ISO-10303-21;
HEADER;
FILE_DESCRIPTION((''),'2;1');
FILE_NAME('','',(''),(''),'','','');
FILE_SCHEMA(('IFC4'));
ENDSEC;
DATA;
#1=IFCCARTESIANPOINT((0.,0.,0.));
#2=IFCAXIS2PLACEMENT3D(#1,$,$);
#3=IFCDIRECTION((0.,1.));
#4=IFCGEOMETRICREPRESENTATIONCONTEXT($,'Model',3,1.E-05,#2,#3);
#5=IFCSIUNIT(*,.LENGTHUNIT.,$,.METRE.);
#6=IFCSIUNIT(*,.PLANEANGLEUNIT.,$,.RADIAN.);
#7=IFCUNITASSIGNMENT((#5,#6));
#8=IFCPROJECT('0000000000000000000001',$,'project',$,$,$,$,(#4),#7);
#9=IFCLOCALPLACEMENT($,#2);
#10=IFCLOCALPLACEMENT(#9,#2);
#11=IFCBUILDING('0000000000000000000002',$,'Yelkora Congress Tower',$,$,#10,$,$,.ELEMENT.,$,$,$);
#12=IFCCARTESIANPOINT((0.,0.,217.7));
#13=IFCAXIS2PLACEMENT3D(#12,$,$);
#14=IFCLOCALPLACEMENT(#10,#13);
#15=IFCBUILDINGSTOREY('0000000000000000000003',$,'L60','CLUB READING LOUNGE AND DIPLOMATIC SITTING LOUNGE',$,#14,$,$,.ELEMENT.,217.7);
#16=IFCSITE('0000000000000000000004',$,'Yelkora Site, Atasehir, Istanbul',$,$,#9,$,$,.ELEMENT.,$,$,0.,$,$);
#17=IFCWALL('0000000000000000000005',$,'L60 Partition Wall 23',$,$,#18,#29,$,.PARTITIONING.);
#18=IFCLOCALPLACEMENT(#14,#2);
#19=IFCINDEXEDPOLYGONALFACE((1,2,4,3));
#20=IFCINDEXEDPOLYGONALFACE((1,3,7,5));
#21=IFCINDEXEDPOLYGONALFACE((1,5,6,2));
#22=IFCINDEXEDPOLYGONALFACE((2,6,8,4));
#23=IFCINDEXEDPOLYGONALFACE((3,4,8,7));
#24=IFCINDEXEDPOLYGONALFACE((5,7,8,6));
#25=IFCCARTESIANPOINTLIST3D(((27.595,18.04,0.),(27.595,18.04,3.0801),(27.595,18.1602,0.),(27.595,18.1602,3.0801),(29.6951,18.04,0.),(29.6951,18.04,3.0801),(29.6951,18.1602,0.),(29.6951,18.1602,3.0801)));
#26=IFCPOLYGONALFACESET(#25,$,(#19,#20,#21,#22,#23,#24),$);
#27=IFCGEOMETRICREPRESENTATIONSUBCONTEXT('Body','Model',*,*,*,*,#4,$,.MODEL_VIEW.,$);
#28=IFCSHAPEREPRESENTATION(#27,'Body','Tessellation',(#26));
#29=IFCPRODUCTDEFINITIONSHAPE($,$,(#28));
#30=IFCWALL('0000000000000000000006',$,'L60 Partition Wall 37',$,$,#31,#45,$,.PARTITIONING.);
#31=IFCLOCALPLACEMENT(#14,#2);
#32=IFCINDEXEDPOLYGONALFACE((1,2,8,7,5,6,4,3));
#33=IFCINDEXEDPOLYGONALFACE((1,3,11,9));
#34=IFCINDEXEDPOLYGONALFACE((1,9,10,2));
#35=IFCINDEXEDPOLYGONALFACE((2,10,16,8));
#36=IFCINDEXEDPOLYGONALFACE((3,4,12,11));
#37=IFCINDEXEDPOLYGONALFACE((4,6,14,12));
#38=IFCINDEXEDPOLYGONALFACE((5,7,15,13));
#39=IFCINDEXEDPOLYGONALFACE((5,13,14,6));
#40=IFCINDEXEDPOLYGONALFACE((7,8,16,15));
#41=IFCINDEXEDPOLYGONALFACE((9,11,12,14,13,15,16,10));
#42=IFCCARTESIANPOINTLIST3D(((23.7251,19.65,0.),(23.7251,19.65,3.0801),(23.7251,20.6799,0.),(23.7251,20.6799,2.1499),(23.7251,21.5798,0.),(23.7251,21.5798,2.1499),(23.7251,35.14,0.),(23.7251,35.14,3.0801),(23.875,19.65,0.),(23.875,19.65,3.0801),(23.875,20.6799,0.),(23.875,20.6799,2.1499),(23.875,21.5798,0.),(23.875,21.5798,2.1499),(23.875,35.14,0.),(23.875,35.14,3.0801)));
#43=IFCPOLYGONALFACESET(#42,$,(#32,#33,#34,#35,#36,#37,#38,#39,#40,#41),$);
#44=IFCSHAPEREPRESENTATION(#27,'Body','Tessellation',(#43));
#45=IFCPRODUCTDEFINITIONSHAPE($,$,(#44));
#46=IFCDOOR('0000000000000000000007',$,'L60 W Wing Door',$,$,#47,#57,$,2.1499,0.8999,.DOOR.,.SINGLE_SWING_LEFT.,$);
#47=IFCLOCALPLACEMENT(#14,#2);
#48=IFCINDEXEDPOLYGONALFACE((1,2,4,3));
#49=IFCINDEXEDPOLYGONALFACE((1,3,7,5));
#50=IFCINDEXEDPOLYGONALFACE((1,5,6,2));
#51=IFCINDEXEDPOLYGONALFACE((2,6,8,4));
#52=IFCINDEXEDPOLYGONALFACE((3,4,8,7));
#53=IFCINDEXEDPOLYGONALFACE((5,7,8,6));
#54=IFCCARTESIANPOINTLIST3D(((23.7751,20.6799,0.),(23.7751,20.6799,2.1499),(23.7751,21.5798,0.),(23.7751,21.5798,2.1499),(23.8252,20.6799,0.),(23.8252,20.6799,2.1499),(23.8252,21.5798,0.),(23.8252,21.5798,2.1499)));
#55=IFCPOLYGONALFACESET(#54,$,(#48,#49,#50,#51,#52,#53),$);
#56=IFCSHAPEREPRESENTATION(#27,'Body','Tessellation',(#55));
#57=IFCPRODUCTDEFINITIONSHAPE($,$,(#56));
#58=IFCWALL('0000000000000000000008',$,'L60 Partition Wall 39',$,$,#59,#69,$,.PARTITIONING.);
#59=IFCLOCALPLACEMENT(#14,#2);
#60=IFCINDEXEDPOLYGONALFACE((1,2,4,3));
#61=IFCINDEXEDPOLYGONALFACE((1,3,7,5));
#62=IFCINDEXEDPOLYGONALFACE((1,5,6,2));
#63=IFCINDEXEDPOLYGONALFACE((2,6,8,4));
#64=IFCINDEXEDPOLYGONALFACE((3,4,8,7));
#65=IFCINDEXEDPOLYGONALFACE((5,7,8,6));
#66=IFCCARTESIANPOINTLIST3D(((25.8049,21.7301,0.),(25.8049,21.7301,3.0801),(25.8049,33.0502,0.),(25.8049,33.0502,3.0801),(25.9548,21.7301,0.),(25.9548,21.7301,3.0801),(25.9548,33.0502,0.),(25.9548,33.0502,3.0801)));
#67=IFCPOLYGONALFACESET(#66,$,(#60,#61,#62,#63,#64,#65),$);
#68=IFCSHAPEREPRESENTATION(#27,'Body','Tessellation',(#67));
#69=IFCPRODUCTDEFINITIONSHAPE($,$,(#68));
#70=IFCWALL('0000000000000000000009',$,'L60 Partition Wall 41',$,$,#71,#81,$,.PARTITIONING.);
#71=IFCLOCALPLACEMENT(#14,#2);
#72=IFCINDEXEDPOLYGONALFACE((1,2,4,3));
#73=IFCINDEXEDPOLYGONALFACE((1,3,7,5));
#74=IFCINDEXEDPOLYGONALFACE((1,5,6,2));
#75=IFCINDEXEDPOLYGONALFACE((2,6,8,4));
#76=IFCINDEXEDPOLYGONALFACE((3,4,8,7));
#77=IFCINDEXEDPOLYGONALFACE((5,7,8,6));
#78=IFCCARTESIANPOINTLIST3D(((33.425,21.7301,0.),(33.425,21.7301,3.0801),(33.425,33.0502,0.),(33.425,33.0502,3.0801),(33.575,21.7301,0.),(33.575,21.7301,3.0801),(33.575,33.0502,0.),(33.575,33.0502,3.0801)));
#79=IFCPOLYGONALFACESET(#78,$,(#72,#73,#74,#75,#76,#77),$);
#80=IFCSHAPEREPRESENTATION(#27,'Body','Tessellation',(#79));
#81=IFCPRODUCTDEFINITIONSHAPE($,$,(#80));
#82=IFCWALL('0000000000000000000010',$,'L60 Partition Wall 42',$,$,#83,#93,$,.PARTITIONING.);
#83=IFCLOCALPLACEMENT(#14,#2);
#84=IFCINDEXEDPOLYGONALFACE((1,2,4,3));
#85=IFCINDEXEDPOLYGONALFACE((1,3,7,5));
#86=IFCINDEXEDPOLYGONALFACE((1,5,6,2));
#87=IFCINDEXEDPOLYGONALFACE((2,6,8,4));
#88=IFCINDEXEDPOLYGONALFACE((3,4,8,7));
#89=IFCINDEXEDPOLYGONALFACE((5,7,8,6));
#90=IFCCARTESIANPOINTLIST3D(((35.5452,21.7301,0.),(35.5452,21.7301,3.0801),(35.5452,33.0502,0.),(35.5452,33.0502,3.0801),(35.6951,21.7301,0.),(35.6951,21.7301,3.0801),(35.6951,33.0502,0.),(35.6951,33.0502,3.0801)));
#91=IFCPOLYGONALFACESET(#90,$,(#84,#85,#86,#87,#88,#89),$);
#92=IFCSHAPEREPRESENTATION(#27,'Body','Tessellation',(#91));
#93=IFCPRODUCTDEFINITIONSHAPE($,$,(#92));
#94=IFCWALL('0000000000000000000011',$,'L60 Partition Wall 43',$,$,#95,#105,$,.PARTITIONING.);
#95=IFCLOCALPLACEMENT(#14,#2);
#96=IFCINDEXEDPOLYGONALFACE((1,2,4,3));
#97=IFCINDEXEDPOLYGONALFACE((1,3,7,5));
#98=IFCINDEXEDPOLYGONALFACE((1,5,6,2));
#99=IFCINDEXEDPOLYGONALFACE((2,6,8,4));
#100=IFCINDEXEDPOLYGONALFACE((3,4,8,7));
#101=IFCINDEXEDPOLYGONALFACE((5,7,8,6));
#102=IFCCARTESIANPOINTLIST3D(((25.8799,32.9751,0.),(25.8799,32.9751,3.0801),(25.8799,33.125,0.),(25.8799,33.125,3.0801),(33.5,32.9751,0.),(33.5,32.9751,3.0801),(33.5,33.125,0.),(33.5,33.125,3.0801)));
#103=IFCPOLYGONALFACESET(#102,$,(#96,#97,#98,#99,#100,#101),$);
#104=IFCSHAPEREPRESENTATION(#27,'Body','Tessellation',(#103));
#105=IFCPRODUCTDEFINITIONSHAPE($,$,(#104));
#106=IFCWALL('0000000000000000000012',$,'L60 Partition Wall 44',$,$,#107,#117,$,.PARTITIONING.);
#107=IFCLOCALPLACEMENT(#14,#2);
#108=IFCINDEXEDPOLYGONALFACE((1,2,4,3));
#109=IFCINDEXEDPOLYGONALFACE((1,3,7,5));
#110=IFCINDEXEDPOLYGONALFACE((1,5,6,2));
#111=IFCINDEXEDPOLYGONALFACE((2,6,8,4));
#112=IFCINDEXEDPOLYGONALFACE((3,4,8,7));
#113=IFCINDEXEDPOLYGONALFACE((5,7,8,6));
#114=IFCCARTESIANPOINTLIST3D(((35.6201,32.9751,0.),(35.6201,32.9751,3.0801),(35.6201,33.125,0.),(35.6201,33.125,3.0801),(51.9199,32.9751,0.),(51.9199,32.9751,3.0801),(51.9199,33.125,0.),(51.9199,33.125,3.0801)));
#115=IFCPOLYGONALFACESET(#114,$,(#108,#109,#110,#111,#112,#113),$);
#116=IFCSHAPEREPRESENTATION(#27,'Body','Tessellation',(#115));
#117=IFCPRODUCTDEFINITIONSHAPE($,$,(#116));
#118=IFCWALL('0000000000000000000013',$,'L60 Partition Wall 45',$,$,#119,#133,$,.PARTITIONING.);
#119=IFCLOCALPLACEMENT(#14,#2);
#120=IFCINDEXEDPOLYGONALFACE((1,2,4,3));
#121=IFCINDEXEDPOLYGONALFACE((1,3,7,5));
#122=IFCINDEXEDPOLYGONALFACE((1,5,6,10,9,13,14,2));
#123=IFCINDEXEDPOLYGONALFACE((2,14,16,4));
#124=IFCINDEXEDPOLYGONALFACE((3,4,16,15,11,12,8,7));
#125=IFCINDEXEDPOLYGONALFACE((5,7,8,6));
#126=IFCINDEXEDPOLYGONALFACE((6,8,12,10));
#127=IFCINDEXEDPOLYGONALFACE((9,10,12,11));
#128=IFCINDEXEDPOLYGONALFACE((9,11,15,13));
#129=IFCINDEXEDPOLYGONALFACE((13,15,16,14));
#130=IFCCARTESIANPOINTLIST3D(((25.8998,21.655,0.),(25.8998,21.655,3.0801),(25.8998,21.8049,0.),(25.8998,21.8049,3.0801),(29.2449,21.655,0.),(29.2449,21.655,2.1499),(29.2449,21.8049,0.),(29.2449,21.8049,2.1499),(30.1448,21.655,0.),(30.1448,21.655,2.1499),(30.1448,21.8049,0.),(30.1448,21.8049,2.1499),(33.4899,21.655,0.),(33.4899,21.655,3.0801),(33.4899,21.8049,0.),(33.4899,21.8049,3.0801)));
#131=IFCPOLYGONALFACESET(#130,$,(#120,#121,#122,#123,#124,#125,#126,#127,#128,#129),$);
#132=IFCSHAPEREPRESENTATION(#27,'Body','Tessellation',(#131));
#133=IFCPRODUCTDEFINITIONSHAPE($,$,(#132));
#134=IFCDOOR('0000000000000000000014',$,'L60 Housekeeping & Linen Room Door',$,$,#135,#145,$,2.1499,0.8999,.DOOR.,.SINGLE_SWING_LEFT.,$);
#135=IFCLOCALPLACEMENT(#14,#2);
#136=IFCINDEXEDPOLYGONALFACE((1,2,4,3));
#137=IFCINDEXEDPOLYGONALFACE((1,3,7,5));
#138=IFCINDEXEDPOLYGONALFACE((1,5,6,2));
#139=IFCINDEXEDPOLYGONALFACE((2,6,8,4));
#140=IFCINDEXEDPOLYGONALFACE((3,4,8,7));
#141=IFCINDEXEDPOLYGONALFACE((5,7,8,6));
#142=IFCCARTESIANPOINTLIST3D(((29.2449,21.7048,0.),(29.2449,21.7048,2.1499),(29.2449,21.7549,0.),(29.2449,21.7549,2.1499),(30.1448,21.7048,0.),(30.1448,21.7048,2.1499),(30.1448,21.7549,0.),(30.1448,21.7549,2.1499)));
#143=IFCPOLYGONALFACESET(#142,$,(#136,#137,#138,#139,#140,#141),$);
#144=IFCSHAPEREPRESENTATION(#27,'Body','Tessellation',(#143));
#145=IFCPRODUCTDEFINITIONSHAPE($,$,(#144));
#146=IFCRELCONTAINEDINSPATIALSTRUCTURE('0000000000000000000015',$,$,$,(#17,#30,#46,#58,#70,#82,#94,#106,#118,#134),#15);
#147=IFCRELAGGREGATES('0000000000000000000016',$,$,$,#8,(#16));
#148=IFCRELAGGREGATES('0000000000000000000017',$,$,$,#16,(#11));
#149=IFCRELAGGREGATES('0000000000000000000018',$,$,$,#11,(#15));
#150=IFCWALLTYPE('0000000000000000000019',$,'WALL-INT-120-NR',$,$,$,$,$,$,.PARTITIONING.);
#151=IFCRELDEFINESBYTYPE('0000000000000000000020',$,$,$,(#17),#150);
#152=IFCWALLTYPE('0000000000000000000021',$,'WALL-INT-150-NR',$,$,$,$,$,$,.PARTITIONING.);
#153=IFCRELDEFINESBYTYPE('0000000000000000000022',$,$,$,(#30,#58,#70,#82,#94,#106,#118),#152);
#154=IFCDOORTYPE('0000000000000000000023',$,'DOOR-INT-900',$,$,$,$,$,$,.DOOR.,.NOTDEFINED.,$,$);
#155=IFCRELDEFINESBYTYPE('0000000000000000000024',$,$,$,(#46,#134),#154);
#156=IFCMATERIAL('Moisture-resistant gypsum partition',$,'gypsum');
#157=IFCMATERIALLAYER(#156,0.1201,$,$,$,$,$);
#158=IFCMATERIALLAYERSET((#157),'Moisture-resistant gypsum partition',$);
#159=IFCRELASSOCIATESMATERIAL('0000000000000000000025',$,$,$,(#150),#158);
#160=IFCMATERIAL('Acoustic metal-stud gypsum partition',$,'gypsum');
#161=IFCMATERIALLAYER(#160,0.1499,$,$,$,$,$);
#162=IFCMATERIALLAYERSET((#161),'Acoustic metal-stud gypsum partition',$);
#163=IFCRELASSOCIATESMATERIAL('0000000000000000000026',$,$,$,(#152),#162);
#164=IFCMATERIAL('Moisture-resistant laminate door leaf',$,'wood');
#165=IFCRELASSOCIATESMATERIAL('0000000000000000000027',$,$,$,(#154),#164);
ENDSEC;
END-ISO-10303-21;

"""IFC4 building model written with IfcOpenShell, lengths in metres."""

from ifc_helpers import new_model, si_unit, direction, frame, frame_2d, origin, place, context, subcontext, project, spatial, rectangle, extrude, material, layer, layer_set, type_object, element, fill, save


model = new_model("IFC4")

# Units and contexts
model_context = context("Model", 3, precision=1e-05, world=origin(), true_north=direction((0.0, 1.0)))
body_context = subcontext(model_context, "Body", "Model", "MODEL_VIEW")
ifc_project = project(units=[si_unit("LENGTHUNIT", "METRE"), si_unit("PLANEANGLEUNIT", "RADIAN")], contexts=[model_context])

# Site, building, storey
site_placement = place(None, origin())
site = spatial("IfcSite", under=ifc_project, at=site_placement, Name="Yelkora Site, Atasehir, Istanbul", CompositionType="ELEMENT", RefElevation=0.0)
building_placement = place(site_placement, origin())
building = spatial("IfcBuilding", under=site, at=building_placement, Name="Yelkora Congress Tower", CompositionType="ELEMENT")
storey_placement = place(building_placement, frame((0.0, 0.0, 217.7)))
storey = spatial("IfcBuildingStorey", under=building, at=storey_placement, Name="L60", Description="CLUB READING LOUNGE AND DIPLOMATIC SITTING LOUNGE", CompositionType="ELEMENT", Elevation=217.7)

# Wall
ifc_material_1 = material(Name="Moisture-resistant gypsum partition", Category="gypsum")
ifc_layer_1 = layer(ifc_material_1, 0.1201)
ifc_layer_set_1 = layer_set([ifc_layer_1], Name="Moisture-resistant gypsum partition")
wall_type_1 = type_object("IfcWallType", Name="WALL-INT-120-NR", PredefinedType="PARTITIONING", material=ifc_layer_set_1)
wall_1_placement = place(storey_placement, frame((27.595, 18.1001, 0.0), z_axis=(0.0, 0.0, 1.0), x_axis=(1.0, 0.0, 0.0)))
element("IfcWall", 1, at=wall_1_placement, inside=storey, type_object=wall_type_1, Name="L60 Partition Wall 23", PredefinedType="PARTITIONING", context=body_context, shape_type="SweptSolid", body=[
    extrude(rectangle(XDim=2.1001, YDim=0.1201, at=frame_2d((1.05, 0.0))), origin(), (0.0, 0.0, 1.0), 3.0801),
])

# Wall, opening, door
ifc_material_2 = material(Name="Acoustic metal-stud gypsum partition", Category="gypsum")
ifc_layer_2 = layer(ifc_material_2, 0.1499)
ifc_layer_set_2 = layer_set([ifc_layer_2], Name="Acoustic metal-stud gypsum partition")
wall_type_2 = type_object("IfcWallType", Name="WALL-INT-150-NR", PredefinedType="PARTITIONING", material=ifc_layer_set_2)
wall_2_placement = place(storey_placement, frame((23.8, 19.6499, 0.0), z_axis=(0.0, 0.0, 1.0), x_axis=(0.0, 1.0, 0.0)))
wall_2 = element("IfcWall", 2, at=wall_2_placement, inside=storey, type_object=wall_type_2, Name="L60 Partition Wall 37", PredefinedType="PARTITIONING", context=body_context, shape_type="SweptSolid", body=[
    extrude(rectangle(XDim=15.49, YDim=0.1499, at=frame_2d((7.7451, 0.0))), origin(), (0.0, 0.0, 1.0), 3.0801),
])
opening_1_placement = place(wall_2_placement, frame((1.03, 0.0, 0.0)))
opening_1 = element("IfcOpeningElement", 3, at=opening_1_placement, cuts=wall_2, PredefinedType="OPENING", context=body_context, shape_type="SweptSolid", body=[
    extrude(rectangle(XDim=0.8999, YDim=2.1499, at=frame_2d((0.45, 1.075))), frame((0.0, 0.085, 0.0), z_axis=(0.0, -1.0, 0.0), x_axis=(1.0, 0.0, 0.0)), (0.0, 0.0, 1.0), 0.1699),
])
ifc_material_3 = material(Name="Moisture-resistant laminate door leaf", Category="wood")
door_type_1 = type_object("IfcDoorType", Name="DOOR-INT-900", OperationType="NOTDEFINED", PredefinedType="DOOR", material=ifc_material_3)
door_1_placement = place(opening_1_placement, origin())
door_1 = element("IfcDoor", 4, at=door_1_placement, inside=storey, type_object=door_type_1, Name="L60 W Wing Door", OperationType="SINGLE_SWING_LEFT", OverallHeight=2.1499, OverallWidth=0.8999, PredefinedType="DOOR", context=body_context, shape_type="SweptSolid", body=[
    extrude(rectangle(XDim=0.8999, YDim=2.1499, at=frame_2d((0.45, 1.075))), frame((0.0, 0.0249, 0.0), z_axis=(0.0, -1.0, 0.0), x_axis=(1.0, 0.0, 0.0)), (0.0, 0.0, 1.0), 0.05),
])
fill(opening_1, door_1)

# Walls
for number, where, z_axis, x_axis, name in (
    (5, (25.8799, 21.73, 0.0), (0.0, 0.0, 1.0), (0.0, 1.0, 0.0), "L60 Partition Wall 39"),
    (6, (33.5, 21.73, 0.0), (0.0, 0.0, 1.0), (0.0, 1.0, 0.0), "L60 Partition Wall 41"),
    (7, (35.6201, 21.73, 0.0), (0.0, 0.0, 1.0), (0.0, 1.0, 0.0), "L60 Partition Wall 42"),
):
    element("IfcWall", number, at=place(storey_placement, frame(where, z_axis=z_axis, x_axis=x_axis)), inside=storey, type_object=wall_type_2, Name=name, PredefinedType="PARTITIONING", context=body_context, shape_type="SweptSolid", body=[
        extrude(rectangle(XDim=11.3201, YDim=0.1499, at=frame_2d((5.6602, 0.0))), origin(), (0.0, 0.0, 1.0), 3.0801),
    ])
wall_3_placement = place(storey_placement, frame((25.8799, 33.05, 0.0), z_axis=(0.0, 0.0, 1.0), x_axis=(1.0, 0.0, 0.0)))
element("IfcWall", 8, at=wall_3_placement, inside=storey, type_object=wall_type_2, Name="L60 Partition Wall 43", PredefinedType="PARTITIONING", context=body_context, shape_type="SweptSolid", body=[
    extrude(rectangle(XDim=7.6201, YDim=0.1499, at=frame_2d((3.8101, 0.0))), origin(), (0.0, 0.0, 1.0), 3.0801),
])
wall_4_placement = place(storey_placement, frame((35.6201, 33.05, 0.0), z_axis=(0.0, 0.0, 1.0), x_axis=(1.0, 0.0, 0.0)))
element("IfcWall", 9, at=wall_4_placement, inside=storey, type_object=wall_type_2, Name="L60 Partition Wall 44", PredefinedType="PARTITIONING", context=body_context, shape_type="SweptSolid", body=[
    extrude(rectangle(XDim=16.2998, YDim=0.1499, at=frame_2d((8.1499, 0.0))), origin(), (0.0, 0.0, 1.0), 3.0801),
])

# Wall, opening, door
wall_5_placement = place(storey_placement, frame((25.8999, 21.73, 0.0), z_axis=(0.0, 0.0, 1.0), x_axis=(1.0, 0.0, 0.0)))
wall_5 = element("IfcWall", 10, at=wall_5_placement, inside=storey, type_object=wall_type_2, Name="L60 Partition Wall 45", PredefinedType="PARTITIONING", context=body_context, shape_type="SweptSolid", body=[
    extrude(rectangle(XDim=7.5901, YDim=0.1499, at=frame_2d((3.7949, 0.0))), origin(), (0.0, 0.0, 1.0), 3.0801),
])
opening_2_placement = place(wall_5_placement, frame((3.345, 0.0, 0.0)))
opening_2 = element("IfcOpeningElement", 11, at=opening_2_placement, cuts=wall_5, PredefinedType="OPENING", context=body_context, shape_type="SweptSolid", body=[
    extrude(rectangle(XDim=0.8999, YDim=2.1499, at=frame_2d((0.45, 1.075))), frame((0.0, 0.085, 0.0), z_axis=(0.0, -1.0, 0.0), x_axis=(1.0, 0.0, 0.0)), (0.0, 0.0, 1.0), 0.1699),
])
door_2_placement = place(opening_2_placement, origin())
door_2 = element("IfcDoor", 12, at=door_2_placement, inside=storey, type_object=door_type_1, Name="L60 Housekeeping & Linen Room Door", OperationType="SINGLE_SWING_LEFT", OverallHeight=2.1499, OverallWidth=0.8999, PredefinedType="DOOR", context=body_context, shape_type="SweptSolid", body=[
    extrude(rectangle(XDim=0.8999, YDim=2.1499, at=frame_2d((0.45, 1.075))), frame((0.0, 0.0249, 0.0), z_axis=(0.0, -1.0, 0.0), x_axis=(1.0, 0.0, 0.0)), (0.0, 0.0, 1.0), 0.05),
])
fill(opening_2, door_2)

save(model, "model.ifc")
